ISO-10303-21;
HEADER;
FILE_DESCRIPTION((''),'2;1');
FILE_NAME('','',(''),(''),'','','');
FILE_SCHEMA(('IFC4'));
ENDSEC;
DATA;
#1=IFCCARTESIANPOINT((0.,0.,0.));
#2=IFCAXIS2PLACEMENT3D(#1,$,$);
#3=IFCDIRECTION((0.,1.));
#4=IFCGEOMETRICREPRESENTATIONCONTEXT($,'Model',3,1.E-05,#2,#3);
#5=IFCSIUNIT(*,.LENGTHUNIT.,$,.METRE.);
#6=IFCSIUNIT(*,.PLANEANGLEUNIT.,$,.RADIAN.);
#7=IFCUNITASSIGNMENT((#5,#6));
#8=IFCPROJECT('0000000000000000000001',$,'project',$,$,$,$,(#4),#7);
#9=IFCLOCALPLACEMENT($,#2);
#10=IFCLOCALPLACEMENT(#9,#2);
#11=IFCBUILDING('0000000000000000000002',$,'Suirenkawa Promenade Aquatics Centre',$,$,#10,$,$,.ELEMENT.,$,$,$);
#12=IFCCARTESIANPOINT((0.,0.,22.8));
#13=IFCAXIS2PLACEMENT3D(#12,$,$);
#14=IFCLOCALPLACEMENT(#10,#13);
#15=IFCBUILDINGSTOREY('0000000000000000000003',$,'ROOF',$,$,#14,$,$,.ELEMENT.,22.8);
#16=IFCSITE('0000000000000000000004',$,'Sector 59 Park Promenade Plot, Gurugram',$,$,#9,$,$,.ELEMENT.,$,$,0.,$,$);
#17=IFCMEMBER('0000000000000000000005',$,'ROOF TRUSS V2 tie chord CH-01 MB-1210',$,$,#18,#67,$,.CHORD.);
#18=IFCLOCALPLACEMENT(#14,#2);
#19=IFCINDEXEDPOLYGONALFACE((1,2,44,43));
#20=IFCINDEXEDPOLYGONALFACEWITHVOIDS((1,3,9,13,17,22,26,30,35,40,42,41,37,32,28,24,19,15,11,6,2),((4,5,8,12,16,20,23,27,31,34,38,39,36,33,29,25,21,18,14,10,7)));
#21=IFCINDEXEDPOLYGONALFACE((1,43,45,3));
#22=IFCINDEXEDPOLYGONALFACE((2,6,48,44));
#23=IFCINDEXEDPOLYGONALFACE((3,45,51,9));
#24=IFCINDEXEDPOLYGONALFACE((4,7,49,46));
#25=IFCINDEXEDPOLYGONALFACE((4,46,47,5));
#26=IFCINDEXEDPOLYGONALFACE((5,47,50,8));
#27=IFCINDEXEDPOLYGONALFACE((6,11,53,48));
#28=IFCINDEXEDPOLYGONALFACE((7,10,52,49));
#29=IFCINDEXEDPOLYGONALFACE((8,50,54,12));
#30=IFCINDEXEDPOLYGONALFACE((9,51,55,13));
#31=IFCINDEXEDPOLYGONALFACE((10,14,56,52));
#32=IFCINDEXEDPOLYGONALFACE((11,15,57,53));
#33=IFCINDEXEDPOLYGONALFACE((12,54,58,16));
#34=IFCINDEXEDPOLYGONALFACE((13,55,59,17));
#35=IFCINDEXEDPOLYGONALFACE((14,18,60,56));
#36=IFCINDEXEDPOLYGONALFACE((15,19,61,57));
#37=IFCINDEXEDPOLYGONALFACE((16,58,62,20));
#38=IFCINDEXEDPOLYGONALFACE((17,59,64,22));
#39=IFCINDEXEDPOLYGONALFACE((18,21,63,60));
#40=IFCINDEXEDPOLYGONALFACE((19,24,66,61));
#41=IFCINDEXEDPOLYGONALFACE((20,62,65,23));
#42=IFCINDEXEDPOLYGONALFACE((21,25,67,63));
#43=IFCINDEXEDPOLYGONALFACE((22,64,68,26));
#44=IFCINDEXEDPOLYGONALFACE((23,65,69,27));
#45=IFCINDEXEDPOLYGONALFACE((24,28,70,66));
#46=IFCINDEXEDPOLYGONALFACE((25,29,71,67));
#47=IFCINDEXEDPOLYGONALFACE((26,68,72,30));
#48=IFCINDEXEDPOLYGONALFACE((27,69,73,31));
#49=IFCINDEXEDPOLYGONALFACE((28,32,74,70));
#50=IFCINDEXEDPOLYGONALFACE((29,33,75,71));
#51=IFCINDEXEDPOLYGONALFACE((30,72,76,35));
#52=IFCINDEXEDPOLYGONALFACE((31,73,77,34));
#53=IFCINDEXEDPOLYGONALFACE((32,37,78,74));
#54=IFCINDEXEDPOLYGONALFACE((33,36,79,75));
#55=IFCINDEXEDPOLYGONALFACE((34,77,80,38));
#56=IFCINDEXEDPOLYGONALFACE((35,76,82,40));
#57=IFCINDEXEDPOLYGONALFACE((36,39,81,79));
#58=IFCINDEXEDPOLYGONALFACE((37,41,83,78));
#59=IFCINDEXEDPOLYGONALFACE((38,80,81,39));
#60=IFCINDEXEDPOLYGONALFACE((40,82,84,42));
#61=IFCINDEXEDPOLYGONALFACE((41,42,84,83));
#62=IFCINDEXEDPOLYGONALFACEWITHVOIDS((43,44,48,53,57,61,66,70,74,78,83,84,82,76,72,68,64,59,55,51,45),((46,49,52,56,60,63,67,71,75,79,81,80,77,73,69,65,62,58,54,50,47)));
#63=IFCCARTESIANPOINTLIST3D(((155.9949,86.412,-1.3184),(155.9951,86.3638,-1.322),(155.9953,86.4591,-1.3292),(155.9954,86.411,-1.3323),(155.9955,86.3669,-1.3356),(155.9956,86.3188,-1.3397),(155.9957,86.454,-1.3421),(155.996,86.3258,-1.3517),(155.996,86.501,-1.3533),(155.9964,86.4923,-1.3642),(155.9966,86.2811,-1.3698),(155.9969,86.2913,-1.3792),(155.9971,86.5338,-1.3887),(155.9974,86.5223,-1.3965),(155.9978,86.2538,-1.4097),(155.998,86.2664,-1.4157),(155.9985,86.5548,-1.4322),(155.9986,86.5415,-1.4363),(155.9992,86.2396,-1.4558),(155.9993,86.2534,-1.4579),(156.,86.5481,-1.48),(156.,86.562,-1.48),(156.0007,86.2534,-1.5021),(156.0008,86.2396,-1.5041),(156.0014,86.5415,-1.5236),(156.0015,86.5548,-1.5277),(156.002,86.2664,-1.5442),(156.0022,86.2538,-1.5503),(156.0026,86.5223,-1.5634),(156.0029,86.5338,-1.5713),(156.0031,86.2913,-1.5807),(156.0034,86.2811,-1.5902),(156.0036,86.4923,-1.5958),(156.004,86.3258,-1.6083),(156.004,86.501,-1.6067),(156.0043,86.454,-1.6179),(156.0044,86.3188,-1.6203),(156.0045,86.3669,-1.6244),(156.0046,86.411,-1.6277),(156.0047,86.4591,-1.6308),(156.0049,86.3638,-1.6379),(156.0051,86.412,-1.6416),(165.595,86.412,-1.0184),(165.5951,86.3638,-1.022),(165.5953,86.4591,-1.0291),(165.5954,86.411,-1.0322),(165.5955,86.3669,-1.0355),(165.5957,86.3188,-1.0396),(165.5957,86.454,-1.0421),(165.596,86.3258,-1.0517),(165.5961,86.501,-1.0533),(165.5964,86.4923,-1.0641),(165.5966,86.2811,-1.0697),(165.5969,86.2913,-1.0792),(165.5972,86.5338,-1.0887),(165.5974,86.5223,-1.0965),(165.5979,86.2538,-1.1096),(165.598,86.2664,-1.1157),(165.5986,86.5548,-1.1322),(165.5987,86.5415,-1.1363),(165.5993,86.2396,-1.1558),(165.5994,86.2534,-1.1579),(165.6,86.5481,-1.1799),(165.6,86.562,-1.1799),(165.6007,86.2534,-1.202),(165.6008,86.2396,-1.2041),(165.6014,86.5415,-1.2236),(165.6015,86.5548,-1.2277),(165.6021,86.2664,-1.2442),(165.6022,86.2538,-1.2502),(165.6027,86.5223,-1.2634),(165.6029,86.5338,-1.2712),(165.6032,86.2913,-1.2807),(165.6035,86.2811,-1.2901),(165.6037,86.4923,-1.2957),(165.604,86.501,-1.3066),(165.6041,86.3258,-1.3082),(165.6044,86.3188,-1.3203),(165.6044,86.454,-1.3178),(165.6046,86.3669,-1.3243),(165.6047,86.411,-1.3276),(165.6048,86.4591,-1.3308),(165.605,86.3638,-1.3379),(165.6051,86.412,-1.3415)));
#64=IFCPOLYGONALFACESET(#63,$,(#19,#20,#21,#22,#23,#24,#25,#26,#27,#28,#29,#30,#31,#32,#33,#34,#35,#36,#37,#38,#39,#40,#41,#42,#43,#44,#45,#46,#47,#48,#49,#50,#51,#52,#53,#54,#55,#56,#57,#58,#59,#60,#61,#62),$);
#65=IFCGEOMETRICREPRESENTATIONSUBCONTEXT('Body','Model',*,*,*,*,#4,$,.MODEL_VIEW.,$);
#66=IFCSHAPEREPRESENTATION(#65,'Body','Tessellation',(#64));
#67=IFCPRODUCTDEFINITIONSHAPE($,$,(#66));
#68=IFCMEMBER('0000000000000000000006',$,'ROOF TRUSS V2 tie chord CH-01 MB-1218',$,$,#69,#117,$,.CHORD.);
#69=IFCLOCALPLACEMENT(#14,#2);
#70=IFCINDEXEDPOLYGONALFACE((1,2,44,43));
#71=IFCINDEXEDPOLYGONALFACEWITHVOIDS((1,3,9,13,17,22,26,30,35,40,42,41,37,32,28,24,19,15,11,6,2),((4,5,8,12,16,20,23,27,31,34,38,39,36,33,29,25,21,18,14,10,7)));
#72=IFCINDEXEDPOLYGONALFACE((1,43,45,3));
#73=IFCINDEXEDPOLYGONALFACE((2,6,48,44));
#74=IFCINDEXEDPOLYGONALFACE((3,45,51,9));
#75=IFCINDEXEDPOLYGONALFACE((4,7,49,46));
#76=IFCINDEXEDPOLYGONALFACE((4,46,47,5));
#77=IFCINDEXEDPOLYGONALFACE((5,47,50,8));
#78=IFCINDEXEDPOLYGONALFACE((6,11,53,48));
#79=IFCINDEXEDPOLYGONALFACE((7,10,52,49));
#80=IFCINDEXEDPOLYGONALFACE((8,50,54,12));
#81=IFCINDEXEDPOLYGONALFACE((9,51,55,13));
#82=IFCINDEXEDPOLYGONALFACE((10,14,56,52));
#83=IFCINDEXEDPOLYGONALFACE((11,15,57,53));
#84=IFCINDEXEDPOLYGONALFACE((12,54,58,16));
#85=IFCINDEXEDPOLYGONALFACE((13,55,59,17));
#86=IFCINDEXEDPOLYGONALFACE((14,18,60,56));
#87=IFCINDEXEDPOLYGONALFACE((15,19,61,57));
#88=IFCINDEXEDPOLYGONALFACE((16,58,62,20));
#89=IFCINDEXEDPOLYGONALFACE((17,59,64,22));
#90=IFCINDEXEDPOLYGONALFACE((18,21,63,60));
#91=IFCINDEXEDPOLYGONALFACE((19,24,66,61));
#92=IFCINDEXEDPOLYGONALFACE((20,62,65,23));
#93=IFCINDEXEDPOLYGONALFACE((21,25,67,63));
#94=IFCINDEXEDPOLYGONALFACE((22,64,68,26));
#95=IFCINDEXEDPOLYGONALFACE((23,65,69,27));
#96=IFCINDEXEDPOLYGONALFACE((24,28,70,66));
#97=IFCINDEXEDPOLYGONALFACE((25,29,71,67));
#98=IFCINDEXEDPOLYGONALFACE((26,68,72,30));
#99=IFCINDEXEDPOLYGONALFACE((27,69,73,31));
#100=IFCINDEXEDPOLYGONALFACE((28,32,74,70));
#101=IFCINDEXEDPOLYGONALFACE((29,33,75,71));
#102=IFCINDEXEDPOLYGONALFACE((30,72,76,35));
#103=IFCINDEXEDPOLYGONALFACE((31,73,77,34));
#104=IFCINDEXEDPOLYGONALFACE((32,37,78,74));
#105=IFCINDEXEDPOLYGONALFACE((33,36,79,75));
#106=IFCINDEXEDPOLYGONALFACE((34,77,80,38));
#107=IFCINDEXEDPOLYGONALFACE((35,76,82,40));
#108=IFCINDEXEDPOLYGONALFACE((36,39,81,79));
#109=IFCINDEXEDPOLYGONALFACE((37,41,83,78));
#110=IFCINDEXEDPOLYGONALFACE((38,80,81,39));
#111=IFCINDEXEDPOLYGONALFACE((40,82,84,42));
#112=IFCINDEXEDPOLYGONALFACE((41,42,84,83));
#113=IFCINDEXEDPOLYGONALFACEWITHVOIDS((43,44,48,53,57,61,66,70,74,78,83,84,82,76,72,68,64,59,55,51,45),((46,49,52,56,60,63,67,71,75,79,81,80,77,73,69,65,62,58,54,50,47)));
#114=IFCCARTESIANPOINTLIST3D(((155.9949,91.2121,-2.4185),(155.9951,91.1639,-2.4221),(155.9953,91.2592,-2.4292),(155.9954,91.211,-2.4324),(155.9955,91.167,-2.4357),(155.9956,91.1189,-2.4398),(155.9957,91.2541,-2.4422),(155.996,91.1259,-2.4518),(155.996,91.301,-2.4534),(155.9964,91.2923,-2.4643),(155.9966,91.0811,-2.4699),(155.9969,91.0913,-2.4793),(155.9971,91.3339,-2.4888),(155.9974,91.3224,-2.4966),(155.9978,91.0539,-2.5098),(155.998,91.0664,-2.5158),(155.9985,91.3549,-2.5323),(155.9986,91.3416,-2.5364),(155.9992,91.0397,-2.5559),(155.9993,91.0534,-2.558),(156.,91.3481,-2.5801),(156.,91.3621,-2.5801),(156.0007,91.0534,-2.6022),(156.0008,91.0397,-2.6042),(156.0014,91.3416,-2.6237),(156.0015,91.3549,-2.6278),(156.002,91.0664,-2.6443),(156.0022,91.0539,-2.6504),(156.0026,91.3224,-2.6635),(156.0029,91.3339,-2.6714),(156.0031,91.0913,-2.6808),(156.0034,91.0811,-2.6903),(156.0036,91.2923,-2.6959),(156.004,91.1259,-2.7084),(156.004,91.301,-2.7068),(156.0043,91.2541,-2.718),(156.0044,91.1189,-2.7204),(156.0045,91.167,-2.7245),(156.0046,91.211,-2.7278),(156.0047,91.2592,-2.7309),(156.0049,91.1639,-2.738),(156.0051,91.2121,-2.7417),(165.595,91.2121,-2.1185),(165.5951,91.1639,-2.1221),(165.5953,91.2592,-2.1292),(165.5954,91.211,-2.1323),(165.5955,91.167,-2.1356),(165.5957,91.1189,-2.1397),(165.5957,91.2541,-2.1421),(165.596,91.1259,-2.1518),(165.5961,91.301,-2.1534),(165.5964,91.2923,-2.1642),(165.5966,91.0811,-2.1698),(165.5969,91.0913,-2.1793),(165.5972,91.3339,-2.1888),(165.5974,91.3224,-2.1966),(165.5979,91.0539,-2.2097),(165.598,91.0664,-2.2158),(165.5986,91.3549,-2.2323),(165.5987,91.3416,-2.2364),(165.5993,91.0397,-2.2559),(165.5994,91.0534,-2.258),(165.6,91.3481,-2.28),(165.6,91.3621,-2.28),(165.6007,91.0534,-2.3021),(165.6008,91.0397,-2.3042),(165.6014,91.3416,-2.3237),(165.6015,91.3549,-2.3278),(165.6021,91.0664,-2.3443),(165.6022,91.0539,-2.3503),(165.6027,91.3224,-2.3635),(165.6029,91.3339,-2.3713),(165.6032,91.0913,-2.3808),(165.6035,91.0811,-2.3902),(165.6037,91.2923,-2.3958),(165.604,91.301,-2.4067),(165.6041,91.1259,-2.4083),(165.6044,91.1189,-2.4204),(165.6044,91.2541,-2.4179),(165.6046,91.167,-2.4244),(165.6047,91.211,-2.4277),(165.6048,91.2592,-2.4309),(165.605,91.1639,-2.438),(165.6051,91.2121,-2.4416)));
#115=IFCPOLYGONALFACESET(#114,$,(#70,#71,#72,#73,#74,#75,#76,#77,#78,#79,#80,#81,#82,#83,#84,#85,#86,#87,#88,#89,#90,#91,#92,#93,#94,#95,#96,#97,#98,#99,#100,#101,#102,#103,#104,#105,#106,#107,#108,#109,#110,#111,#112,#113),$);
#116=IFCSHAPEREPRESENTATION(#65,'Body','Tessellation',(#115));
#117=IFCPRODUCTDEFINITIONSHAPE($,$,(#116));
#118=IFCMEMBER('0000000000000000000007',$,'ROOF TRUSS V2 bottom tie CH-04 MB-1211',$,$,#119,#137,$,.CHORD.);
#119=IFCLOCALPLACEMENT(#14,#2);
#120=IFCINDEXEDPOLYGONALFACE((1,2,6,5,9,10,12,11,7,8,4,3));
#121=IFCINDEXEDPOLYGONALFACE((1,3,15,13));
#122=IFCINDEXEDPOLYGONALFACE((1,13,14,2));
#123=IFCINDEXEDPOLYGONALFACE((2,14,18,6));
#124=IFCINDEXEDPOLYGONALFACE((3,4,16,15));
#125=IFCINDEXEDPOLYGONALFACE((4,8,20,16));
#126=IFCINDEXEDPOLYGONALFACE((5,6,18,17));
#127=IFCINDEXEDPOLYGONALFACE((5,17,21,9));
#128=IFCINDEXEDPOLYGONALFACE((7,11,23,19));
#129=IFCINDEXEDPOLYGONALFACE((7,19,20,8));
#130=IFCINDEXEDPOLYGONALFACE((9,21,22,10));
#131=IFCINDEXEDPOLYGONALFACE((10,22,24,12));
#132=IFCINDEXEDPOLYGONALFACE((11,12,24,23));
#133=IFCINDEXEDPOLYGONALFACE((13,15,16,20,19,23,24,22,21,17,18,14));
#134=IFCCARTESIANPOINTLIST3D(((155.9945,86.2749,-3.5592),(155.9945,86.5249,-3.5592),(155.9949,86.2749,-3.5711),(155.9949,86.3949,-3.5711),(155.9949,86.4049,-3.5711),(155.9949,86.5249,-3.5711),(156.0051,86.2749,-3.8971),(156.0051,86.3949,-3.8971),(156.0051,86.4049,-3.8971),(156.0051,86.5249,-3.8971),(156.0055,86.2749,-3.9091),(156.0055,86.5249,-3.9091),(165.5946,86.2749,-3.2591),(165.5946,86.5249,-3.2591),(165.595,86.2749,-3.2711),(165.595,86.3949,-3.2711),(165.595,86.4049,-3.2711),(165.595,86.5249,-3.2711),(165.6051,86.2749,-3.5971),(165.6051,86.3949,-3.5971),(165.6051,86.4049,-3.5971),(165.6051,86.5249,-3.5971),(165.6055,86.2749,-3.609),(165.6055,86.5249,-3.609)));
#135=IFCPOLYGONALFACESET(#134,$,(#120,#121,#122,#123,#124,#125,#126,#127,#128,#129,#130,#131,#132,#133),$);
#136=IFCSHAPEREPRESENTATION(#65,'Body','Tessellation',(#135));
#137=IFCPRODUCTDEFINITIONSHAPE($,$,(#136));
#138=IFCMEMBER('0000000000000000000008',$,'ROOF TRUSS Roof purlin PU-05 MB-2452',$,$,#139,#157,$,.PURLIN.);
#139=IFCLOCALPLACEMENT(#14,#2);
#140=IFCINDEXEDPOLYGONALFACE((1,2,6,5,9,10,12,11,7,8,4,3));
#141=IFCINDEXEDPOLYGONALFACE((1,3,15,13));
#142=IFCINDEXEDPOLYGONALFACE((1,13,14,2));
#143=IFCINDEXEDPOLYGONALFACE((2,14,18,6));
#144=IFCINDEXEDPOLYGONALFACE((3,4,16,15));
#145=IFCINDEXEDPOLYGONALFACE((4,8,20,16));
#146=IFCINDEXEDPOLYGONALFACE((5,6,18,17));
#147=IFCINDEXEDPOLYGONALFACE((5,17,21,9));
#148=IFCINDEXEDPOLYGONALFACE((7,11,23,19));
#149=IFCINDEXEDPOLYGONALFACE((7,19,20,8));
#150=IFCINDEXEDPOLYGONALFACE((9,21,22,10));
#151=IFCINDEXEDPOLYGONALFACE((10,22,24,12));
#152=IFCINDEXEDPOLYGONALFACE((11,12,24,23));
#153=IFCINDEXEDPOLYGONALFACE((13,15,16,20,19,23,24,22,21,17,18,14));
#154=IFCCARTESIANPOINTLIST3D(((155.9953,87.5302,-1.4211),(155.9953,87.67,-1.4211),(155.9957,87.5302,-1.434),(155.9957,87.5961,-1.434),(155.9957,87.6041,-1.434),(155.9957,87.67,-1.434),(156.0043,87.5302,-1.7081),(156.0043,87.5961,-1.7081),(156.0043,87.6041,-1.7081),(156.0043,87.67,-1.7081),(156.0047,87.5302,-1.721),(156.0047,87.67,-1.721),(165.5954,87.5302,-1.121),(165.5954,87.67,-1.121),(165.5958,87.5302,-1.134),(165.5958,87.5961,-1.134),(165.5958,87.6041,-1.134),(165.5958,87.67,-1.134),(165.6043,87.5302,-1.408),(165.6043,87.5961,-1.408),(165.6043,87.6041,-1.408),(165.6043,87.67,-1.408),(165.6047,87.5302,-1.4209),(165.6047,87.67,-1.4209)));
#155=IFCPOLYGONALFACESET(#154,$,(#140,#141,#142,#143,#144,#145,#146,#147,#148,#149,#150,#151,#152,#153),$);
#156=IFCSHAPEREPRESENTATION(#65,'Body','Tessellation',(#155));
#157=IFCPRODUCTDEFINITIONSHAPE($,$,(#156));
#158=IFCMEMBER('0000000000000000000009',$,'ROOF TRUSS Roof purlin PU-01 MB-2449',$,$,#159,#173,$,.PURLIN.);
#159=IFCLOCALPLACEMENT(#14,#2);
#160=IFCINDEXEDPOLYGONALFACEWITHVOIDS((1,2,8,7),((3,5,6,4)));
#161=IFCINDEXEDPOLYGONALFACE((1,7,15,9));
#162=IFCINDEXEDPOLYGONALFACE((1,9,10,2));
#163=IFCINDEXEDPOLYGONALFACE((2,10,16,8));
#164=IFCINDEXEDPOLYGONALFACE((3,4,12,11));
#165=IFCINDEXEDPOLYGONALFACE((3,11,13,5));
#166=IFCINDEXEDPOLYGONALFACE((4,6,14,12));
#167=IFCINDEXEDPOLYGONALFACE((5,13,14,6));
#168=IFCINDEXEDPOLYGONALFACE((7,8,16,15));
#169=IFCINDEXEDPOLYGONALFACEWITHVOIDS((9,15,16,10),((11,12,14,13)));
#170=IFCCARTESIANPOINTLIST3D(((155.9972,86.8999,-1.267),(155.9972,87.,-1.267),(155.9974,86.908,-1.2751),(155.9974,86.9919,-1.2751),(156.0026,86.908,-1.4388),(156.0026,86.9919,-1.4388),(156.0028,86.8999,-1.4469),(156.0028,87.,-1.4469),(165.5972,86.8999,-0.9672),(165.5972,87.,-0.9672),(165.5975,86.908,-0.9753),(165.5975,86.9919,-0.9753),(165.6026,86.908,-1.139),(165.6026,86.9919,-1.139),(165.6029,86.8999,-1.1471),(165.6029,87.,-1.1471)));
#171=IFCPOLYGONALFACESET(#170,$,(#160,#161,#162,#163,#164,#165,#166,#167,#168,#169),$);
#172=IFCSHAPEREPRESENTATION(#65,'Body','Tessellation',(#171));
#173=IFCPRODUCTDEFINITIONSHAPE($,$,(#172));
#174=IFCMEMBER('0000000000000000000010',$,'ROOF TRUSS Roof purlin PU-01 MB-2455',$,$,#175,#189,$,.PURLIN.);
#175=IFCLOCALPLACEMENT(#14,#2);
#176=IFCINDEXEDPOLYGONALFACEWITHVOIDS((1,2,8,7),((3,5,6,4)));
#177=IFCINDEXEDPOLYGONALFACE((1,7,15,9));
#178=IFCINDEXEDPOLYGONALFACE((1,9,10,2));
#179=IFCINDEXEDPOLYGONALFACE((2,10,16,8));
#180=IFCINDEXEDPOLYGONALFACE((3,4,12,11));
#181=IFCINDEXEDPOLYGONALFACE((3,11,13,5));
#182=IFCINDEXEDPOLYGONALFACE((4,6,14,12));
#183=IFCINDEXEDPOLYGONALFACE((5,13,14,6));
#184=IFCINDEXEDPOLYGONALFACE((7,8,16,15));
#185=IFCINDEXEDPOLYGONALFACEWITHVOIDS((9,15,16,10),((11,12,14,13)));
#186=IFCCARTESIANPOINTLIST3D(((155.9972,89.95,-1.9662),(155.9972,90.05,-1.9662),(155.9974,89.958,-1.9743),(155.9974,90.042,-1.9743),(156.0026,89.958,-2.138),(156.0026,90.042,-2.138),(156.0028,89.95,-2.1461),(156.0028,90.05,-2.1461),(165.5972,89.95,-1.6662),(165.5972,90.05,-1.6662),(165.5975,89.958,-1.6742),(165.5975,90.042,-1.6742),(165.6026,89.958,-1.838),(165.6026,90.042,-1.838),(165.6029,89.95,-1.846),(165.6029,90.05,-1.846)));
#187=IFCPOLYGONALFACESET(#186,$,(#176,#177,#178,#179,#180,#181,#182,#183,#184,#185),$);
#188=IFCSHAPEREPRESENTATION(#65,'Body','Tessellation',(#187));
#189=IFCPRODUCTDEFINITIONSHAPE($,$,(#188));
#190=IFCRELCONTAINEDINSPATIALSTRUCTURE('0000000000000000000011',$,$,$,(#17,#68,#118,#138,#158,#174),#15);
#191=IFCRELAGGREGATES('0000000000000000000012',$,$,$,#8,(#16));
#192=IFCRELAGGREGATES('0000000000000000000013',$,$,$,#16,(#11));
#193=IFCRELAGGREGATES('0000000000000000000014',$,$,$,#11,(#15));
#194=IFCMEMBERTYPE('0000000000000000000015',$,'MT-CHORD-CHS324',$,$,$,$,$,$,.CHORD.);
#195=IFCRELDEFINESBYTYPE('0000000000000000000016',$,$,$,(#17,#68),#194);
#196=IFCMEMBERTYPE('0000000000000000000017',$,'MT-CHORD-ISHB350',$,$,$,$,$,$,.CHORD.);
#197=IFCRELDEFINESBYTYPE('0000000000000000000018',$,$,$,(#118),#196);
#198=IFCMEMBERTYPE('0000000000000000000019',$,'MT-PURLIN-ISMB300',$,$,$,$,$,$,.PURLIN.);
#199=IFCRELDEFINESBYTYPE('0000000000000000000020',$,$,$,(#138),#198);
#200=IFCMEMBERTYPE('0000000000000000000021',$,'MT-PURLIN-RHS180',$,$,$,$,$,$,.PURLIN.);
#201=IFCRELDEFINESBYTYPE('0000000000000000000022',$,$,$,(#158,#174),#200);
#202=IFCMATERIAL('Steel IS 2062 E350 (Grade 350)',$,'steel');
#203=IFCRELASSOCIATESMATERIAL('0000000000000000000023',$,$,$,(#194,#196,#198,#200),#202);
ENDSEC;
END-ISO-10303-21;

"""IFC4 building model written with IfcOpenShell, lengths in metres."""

from ifc_helpers import new_model, si_unit, direction, frame, origin, origin_2d, place, context, subcontext, project, spatial, hollow_rectangle, hollow_circle, i_section, extrude, material, material_profile, profile_set, type_object, element, save


model = new_model("IFC4")

# Units and contexts
model_context = context("Model", 3, precision=1e-05, world=origin(), true_north=direction((0.0, 1.0)))
body_context = subcontext(model_context, "Body", "Model", "MODEL_VIEW")
ifc_project = project(units=[si_unit("LENGTHUNIT", "METRE"), si_unit("PLANEANGLEUNIT", "RADIAN")], contexts=[model_context])

# Site, building, storey
site_placement = place(None, origin())
site = spatial("IfcSite", under=ifc_project, at=site_placement, Name="Sector 59 Park Promenade Plot, Gurugram", CompositionType="ELEMENT", RefElevation=0.0)
building_placement = place(site_placement, origin())
building = spatial("IfcBuilding", under=site, at=building_placement, Name="Suirenkawa Promenade Aquatics Centre", CompositionType="ELEMENT")
storey_placement = place(building_placement, frame((0.0, 0.0, 22.8)))
storey = spatial("IfcBuildingStorey", under=building, at=storey_placement, Name="ROOF", CompositionType="ELEMENT", Elevation=22.8)

# Shared definitions
ifc_material_1 = material(Name="Steel IS 2062 E350 (Grade 350)", Category="steel")

# Members
ifc_material_profile_1 = material_profile(ifc_material_1, hollow_circle(Radius=0.1621, WallThickness=0.0139, at=origin_2d()), Name="CHS 324x14", Category="steel")
ifc_profile_set_1 = profile_set([ifc_material_profile_1], Name="Steel IS 2062 E350 (Grade 350)")
member_type_1 = type_object("IfcMemberType", Name="MT-CHORD-CHS324", PredefinedType="CHORD", material=ifc_profile_set_1)
for number, where, z_axis, x_axis, name in (
    (1, (156.0, 86.3999, -1.48), (0.999512, 0.0, 0.03124), (0.0, 1.0, 0.0), "ROOF TRUSS V2 tie chord CH-01 MB-1210"),
    (2, (156.0, 91.2, -2.5801), (0.999512, 0.0, 0.03124), (0.0, 1.0, 0.0), "ROOF TRUSS V2 tie chord CH-01 MB-1218"),
):
    element("IfcMember", number, at=place(storey_placement, frame(where, z_axis=z_axis, x_axis=x_axis)), inside=storey, type_object=member_type_1, Name=name, PredefinedType="CHORD", context=body_context, shape_type="SweptSolid", body=[
        extrude(hollow_circle(Radius=0.1621, WallThickness=0.0139, at=origin_2d()), origin(), (0.0, 0.0, 1.0), 9.6047),
    ])
ifc_material_profile_2 = material_profile(ifc_material_1, i_section(OverallWidth=0.25, OverallDepth=0.3501, WebThickness=0.01, FlangeThickness=0.012, at=origin_2d()), Name="ISHB 350", Category="steel")
ifc_profile_set_2 = profile_set([ifc_material_profile_2], Name="Steel IS 2062 E350 (Grade 350)")
member_type_2 = type_object("IfcMemberType", Name="MT-CHORD-ISHB350", PredefinedType="CHORD", material=ifc_profile_set_2)
member_1_placement = place(storey_placement, frame((156.0, 86.3999, -3.7341), z_axis=(0.999512, 0.0, 0.03124), x_axis=(0.0, 1.0, 0.0)))
element("IfcMember", 3, at=member_1_placement, inside=storey, type_object=member_type_2, Name="ROOF TRUSS V2 bottom tie CH-04 MB-1211", PredefinedType="CHORD", context=body_context, shape_type="SweptSolid", body=[
    extrude(i_section(OverallWidth=0.25, OverallDepth=0.3501, WebThickness=0.01, FlangeThickness=0.012, at=origin_2d()), origin(), (0.0, 0.0, 1.0), 9.6047),
])
ifc_material_profile_3 = material_profile(ifc_material_1, i_section(OverallWidth=0.1399, OverallDepth=0.3, WebThickness=0.0081, FlangeThickness=0.0129, at=origin_2d()), Name="ISMB 300", Category="steel")
ifc_profile_set_3 = profile_set([ifc_material_profile_3], Name="Steel IS 2062 E350 (Grade 350)")
member_type_3 = type_object("IfcMemberType", Name="MT-PURLIN-ISMB300", PredefinedType="PURLIN", material=ifc_profile_set_3)
member_2_placement = place(storey_placement, frame((156.0, 87.6001, -1.571), z_axis=(0.999512, 0.0, 0.03124), x_axis=(0.0, 1.0, 0.0)))
element("IfcMember", 4, at=member_2_placement, inside=storey, type_object=member_type_3, Name="ROOF TRUSS Roof purlin PU-05 MB-2452", PredefinedType="PURLIN", context=body_context, shape_type="SweptSolid", body=[
    extrude(i_section(OverallWidth=0.1399, OverallDepth=0.3, WebThickness=0.0081, FlangeThickness=0.0129, at=origin_2d()), origin(), (0.0, 0.0, 1.0), 9.6047),
])
ifc_material_profile_4 = material_profile(ifc_material_1, hollow_rectangle(XDim=0.1001, YDim=0.1799, WallThickness=0.0081, at=origin_2d()), Name="RHS 180x100x8", Category="steel")
ifc_profile_set_4 = profile_set([ifc_material_profile_4], Name="Steel IS 2062 E350 (Grade 350)")
member_type_4 = type_object("IfcMemberType", Name="MT-PURLIN-RHS180", PredefinedType="PURLIN", material=ifc_profile_set_4)
for number, where, z_axis, x_axis, name in (
    (5, (156.0, 86.95, -1.3569), (0.999513, 0.0, 0.031214), (0.0, 1.0, 0.0), "ROOF TRUSS Roof purlin PU-01 MB-2449"),
    (6, (156.0, 90.0, -2.0562), (0.999512, 0.0, 0.03124), (0.0, 1.0, 0.0), "ROOF TRUSS Roof purlin PU-01 MB-2455"),
):
    element("IfcMember", number, at=place(storey_placement, frame(where, z_axis=z_axis, x_axis=x_axis)), inside=storey, type_object=member_type_4, Name=name, PredefinedType="PURLIN", context=body_context, shape_type="SweptSolid", body=[
        extrude(hollow_rectangle(XDim=0.1001, YDim=0.1799, WallThickness=0.0081, at=origin_2d()), origin(), (0.0, 0.0, 1.0), 9.6047),
    ])

save(model, "model.ifc")
